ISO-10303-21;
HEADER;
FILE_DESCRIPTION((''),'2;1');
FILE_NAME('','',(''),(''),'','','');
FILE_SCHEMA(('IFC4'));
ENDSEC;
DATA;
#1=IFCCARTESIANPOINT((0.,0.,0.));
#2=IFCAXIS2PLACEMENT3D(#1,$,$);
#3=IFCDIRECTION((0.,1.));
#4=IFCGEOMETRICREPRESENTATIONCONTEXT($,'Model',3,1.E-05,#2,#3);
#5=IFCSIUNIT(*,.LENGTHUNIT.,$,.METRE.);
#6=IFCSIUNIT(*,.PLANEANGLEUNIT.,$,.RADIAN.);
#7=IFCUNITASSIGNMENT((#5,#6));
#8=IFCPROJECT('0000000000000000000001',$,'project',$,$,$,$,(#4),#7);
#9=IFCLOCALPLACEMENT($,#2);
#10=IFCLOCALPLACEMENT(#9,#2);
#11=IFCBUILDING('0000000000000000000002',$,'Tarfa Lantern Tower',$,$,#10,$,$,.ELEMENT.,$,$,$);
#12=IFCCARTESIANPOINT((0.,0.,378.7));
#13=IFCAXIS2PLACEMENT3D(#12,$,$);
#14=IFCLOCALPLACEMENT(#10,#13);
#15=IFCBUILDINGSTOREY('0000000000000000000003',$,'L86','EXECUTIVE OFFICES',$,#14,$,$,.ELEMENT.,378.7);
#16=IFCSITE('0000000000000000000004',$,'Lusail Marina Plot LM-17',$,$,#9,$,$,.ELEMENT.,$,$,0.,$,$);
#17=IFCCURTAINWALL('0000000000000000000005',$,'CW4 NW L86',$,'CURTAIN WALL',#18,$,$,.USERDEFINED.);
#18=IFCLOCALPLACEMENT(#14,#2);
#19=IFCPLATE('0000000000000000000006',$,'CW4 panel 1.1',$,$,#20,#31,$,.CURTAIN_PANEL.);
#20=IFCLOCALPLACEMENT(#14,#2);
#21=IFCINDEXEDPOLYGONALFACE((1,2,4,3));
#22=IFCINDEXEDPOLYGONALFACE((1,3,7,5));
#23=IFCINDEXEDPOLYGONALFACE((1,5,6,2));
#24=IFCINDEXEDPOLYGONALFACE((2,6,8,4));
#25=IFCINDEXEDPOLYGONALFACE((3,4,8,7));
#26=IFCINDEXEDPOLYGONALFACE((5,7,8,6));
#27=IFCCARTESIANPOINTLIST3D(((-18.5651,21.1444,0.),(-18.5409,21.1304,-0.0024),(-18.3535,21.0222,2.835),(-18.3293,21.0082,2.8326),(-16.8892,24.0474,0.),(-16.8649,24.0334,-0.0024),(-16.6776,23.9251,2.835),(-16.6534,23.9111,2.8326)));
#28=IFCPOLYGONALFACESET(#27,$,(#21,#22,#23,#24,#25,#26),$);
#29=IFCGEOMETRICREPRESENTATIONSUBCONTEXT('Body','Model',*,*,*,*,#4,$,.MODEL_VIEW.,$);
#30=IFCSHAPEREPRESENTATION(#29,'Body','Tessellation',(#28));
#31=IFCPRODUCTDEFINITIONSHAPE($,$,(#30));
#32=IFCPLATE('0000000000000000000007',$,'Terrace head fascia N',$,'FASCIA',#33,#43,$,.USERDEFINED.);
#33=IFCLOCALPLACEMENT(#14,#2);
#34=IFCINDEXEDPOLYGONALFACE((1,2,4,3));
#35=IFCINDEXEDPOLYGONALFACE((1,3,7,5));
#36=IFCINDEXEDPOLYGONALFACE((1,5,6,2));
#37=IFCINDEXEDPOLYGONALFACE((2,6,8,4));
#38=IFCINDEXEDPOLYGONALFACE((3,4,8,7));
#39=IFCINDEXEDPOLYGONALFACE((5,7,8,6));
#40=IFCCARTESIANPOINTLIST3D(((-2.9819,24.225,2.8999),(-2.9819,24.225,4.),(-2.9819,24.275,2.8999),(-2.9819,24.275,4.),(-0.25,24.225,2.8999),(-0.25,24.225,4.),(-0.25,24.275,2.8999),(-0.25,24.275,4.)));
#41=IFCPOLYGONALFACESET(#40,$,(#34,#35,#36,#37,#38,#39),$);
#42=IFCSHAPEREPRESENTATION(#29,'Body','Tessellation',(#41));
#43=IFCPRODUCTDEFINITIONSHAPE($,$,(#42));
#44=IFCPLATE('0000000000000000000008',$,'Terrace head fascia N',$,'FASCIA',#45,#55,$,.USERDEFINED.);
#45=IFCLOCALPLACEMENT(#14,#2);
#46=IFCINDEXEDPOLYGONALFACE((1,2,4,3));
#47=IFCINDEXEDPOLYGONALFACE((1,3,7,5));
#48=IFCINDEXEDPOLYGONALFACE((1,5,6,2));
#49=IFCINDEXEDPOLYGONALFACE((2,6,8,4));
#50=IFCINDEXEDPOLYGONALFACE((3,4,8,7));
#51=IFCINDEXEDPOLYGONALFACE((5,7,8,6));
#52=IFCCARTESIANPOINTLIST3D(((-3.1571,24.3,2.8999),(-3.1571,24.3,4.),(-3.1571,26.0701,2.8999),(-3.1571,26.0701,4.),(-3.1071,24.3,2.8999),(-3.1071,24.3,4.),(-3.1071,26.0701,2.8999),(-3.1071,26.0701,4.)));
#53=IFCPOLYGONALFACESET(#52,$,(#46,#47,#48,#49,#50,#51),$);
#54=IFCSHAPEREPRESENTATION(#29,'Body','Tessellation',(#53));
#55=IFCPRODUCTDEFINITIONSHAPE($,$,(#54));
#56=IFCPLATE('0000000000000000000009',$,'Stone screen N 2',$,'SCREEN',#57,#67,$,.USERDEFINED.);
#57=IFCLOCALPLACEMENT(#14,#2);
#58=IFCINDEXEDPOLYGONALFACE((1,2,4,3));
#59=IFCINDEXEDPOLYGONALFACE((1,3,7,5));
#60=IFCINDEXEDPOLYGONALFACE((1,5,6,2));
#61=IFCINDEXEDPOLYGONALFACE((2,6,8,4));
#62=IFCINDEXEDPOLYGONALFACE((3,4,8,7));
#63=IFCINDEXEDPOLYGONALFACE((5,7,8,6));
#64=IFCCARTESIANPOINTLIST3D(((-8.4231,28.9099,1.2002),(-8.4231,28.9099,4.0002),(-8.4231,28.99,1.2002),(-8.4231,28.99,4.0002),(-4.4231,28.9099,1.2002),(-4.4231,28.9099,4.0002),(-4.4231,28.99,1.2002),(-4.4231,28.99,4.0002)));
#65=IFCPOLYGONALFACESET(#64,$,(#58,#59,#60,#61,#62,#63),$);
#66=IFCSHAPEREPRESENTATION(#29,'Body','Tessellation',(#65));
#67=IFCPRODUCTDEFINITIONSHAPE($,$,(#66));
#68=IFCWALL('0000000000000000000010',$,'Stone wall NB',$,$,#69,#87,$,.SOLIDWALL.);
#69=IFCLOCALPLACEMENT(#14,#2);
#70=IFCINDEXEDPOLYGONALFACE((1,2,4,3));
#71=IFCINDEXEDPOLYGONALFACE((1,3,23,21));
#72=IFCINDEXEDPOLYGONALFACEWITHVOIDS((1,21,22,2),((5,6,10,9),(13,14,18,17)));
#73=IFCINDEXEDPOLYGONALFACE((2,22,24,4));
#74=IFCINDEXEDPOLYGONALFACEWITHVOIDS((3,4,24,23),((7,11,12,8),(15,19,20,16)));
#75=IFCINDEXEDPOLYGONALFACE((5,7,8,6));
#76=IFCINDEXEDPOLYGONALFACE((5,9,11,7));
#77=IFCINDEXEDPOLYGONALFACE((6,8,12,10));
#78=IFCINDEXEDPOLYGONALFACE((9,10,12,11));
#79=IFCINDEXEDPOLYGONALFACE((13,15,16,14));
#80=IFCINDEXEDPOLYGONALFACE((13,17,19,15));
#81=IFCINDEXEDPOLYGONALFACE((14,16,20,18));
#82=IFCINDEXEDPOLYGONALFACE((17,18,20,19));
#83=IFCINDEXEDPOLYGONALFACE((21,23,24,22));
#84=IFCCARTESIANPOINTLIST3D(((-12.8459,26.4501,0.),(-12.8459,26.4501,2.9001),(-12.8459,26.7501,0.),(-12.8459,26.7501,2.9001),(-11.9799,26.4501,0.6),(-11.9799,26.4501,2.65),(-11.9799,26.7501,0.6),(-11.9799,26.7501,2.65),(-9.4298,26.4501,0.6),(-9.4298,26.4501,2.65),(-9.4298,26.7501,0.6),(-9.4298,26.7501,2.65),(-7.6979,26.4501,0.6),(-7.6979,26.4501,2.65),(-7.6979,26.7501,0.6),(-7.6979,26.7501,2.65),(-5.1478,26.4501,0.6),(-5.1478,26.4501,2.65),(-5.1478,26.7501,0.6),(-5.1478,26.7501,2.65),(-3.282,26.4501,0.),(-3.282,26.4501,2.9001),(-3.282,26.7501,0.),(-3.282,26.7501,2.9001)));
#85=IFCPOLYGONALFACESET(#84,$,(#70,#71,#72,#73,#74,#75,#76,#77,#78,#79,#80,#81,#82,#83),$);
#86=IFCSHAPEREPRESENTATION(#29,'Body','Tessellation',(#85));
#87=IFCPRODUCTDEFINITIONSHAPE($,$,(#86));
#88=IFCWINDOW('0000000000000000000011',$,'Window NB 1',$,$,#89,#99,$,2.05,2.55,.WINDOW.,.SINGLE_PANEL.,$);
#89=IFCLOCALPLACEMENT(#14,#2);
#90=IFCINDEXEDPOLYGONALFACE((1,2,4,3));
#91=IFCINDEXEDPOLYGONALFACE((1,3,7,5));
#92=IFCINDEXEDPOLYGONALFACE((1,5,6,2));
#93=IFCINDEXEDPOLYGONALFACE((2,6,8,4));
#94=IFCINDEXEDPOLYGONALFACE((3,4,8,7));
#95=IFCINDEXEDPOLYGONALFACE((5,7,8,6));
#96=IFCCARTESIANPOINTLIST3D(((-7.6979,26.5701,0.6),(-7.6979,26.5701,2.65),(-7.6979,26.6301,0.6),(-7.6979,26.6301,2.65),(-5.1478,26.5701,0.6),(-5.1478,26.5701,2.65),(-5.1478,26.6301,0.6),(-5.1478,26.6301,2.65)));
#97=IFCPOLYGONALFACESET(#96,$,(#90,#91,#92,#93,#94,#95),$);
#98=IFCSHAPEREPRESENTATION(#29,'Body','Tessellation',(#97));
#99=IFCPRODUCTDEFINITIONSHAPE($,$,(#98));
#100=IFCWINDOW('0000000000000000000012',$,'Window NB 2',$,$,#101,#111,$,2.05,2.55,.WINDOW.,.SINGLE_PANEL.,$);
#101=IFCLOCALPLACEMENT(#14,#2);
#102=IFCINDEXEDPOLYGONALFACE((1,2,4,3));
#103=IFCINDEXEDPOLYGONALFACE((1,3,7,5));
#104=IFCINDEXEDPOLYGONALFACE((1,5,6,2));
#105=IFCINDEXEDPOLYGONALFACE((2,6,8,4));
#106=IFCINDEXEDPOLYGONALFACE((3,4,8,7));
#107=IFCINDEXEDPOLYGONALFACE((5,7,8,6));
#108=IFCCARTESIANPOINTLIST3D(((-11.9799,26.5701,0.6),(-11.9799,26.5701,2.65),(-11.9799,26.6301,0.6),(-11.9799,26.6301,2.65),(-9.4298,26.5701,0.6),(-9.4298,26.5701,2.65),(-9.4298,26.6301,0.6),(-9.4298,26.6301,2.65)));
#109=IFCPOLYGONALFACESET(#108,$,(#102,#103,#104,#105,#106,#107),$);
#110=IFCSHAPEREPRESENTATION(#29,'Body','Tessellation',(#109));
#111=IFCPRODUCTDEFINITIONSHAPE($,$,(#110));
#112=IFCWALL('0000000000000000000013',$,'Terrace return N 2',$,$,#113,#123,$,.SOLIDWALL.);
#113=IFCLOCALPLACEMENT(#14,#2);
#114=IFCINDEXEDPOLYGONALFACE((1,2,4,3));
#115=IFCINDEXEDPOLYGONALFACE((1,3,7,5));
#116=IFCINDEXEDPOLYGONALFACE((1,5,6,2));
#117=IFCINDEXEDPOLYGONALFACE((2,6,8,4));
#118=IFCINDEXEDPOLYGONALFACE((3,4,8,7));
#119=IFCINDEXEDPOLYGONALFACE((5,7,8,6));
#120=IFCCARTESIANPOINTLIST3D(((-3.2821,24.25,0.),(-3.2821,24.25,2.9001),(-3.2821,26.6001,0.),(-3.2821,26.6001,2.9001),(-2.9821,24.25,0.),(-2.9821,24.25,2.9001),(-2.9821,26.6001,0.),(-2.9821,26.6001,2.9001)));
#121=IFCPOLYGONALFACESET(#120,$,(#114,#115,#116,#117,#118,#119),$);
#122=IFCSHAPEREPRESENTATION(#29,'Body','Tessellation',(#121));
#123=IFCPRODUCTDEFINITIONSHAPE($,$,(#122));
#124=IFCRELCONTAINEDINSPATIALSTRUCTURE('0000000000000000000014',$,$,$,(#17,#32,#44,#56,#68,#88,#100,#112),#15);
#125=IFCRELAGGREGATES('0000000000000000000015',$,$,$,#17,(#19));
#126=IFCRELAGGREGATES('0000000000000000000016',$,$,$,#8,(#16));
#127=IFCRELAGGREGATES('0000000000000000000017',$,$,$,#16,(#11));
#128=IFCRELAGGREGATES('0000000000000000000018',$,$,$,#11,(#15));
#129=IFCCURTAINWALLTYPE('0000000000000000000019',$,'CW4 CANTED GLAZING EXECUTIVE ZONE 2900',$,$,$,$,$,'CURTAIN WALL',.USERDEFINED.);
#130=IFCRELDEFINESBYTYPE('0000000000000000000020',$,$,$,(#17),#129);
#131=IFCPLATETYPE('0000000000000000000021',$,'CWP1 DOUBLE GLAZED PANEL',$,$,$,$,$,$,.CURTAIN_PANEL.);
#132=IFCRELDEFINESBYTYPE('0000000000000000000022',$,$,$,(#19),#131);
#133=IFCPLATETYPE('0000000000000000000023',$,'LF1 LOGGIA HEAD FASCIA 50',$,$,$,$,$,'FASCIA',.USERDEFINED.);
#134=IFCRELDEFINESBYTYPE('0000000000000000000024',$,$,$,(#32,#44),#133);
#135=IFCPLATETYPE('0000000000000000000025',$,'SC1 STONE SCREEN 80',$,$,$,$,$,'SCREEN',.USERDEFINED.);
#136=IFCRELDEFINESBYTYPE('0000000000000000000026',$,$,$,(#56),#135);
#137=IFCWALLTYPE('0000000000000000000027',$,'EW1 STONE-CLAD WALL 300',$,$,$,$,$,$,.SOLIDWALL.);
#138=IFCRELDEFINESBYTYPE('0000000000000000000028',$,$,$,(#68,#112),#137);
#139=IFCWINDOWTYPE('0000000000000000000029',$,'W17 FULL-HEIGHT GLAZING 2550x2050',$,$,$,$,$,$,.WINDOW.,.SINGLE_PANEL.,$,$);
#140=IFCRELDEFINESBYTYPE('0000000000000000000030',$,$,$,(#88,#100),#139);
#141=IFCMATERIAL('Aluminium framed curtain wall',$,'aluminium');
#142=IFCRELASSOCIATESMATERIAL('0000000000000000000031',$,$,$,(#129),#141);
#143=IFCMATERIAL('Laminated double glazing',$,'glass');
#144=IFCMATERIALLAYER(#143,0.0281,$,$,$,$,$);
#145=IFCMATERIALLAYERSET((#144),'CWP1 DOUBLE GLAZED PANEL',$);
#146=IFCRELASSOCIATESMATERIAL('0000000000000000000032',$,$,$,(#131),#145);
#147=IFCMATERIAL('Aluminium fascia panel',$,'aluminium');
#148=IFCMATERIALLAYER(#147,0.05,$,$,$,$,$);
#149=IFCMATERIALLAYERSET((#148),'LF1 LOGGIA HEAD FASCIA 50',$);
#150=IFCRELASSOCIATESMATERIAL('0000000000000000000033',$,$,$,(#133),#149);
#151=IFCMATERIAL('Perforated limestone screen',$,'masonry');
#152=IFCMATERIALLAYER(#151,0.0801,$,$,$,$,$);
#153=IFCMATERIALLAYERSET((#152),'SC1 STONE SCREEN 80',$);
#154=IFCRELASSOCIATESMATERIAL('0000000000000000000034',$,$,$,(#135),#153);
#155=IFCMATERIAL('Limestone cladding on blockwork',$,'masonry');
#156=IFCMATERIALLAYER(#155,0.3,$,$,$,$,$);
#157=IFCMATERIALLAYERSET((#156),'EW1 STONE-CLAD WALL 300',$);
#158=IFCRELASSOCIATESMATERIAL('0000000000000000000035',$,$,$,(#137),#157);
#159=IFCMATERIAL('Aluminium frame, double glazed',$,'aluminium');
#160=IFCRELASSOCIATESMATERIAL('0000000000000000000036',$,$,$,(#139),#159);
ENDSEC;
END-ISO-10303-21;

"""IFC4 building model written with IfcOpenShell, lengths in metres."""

from ifc_helpers import new_model, si_unit, direction, frame, frame_2d, origin, origin_2d, place, context, subcontext, project, spatial, polyline, rectangle, outline, extrude, material, layer, layer_set, type_object, element, fill, aggregate, save


model = new_model("IFC4")

# Units and contexts
model_context = context("Model", 3, precision=1e-05, world=origin(), true_north=direction((0.0, 1.0)))
body_context = subcontext(model_context, "Body", "Model", "MODEL_VIEW")
ifc_project = project(units=[si_unit("LENGTHUNIT", "METRE"), si_unit("PLANEANGLEUNIT", "RADIAN")], contexts=[model_context])

# Site, building, storey
site_placement = place(None, origin())
site = spatial("IfcSite", under=ifc_project, at=site_placement, Name="Lusail Marina Plot LM-17", CompositionType="ELEMENT", RefElevation=0.0)
building_placement = place(site_placement, origin())
building = spatial("IfcBuilding", under=site, at=building_placement, Name="Tarfa Lantern Tower", CompositionType="ELEMENT")
storey_placement = place(building_placement, frame((0.0, 0.0, 378.7)))
storey = spatial("IfcBuildingStorey", under=building, at=storey_placement, Name="L86", Description="EXECUTIVE OFFICES", CompositionType="ELEMENT", Elevation=378.7)

# Curtain wall
ifc_material_1 = material(Name="Aluminium framed curtain wall", Category="aluminium")
curtain_wall_type = type_object("IfcCurtainWallType", Name="CW4 CANTED GLAZING EXECUTIVE ZONE 2900", ElementType="CURTAIN WALL", PredefinedType="USERDEFINED", material=ifc_material_1)
curtain_wall_placement = place(storey_placement, origin())
curtain_wall = element("IfcCurtainWall", 1, at=curtain_wall_placement, inside=storey, type_object=curtain_wall_type, Name="CW4 NW L86", ObjectType="CURTAIN WALL", PredefinedType="USERDEFINED")

# Plate
ifc_material_2 = material(Name="Laminated double glazing", Category="glass")
ifc_layer_1 = layer(ifc_material_2, 0.0281)
ifc_layer_set_1 = layer_set([ifc_layer_1], Name="CWP1 DOUBLE GLAZED PANEL")
plate_type_1 = type_object("IfcPlateType", Name="CWP1 DOUBLE GLAZED PANEL", PredefinedType="CURTAIN_PANEL", material=ifc_layer_set_1)
plate_1_placement = place(storey_placement, frame((-16.8892, 24.0474, 0.0), z_axis=(-0.862843, 0.498127, 0.085857), x_axis=(-0.499973, -0.866041, 0.000004)))
plate_1 = element("IfcPlate", 2, at=plate_1_placement, type_object=plate_type_1, Name="CW4 panel 1.1", PredefinedType="CURTAIN_PANEL", context=body_context, shape_type="SweptSolid", body=[
    extrude(outline(polyline([(0.0, 0.0), (3.352, 0.0), (3.3521, 2.8455), (0.0001, 2.8455), (0.0, 0.0)])), origin(), (0.0, 0.0, -1.0), 0.0281),
])
aggregate(curtain_wall, [plate_1])

# Plates
ifc_material_3 = material(Name="Aluminium fascia panel", Category="aluminium")
ifc_layer_2 = layer(ifc_material_3, 0.05)
ifc_layer_set_2 = layer_set([ifc_layer_2], Name="LF1 LOGGIA HEAD FASCIA 50")
plate_type_2 = type_object("IfcPlateType", Name="LF1 LOGGIA HEAD FASCIA 50", ElementType="FASCIA", PredefinedType="USERDEFINED", material=ifc_layer_set_2)
plate_2_placement = place(storey_placement, frame((-1.616, 24.25, 2.8999), z_axis=(0.0, 0.0, 1.0), x_axis=(-1.0, 0.0, 0.0)))
element("IfcPlate", 3, at=plate_2_placement, inside=storey, type_object=plate_type_2, Name="Terrace head fascia N", ObjectType="FASCIA", PredefinedType="USERDEFINED", context=body_context, shape_type="SweptSolid", body=[
    extrude(rectangle(XDim=2.7319, YDim=0.05, at=origin_2d()), origin(), (0.0, 0.0, 1.0), 1.1001),
])
plate_3_placement = place(storey_placement, frame((-3.1321, 25.1851, 2.8999), z_axis=(0.0, 0.0, 1.0), x_axis=(0.0, -1.0, 0.0)))
element("IfcPlate", 4, at=plate_3_placement, inside=storey, type_object=plate_type_2, Name="Terrace head fascia N", ObjectType="FASCIA", PredefinedType="USERDEFINED", context=body_context, shape_type="SweptSolid", body=[
    extrude(rectangle(XDim=1.77, YDim=0.05, at=origin_2d()), origin(), (0.0, 0.0, 1.0), 1.1001),
])
ifc_material_4 = material(Name="Perforated limestone screen", Category="masonry")
ifc_layer_3 = layer(ifc_material_4, 0.0801)
ifc_layer_set_3 = layer_set([ifc_layer_3], Name="SC1 STONE SCREEN 80")
plate_type_3 = type_object("IfcPlateType", Name="SC1 STONE SCREEN 80", ElementType="SCREEN", PredefinedType="USERDEFINED", material=ifc_layer_set_3)
plate_4_placement = place(storey_placement, frame((-6.4231, 28.95, 1.2002), z_axis=(0.0, 0.0, 1.0), x_axis=(-1.0, 0.0, 0.0)))
element("IfcPlate", 5, at=plate_4_placement, inside=storey, type_object=plate_type_3, Name="Stone screen N 2", ObjectType="SCREEN", PredefinedType="USERDEFINED", context=body_context, shape_type="SweptSolid", body=[
    extrude(rectangle(XDim=4.0, YDim=0.0801, at=origin_2d()), origin(), (0.0, 0.0, 1.0), 2.8),
])

# Wall, openings, windows
ifc_material_5 = material(Name="Limestone cladding on blockwork", Category="masonry")
ifc_layer_4 = layer(ifc_material_5, 0.3)
ifc_layer_set_4 = layer_set([ifc_layer_4], Name="EW1 STONE-CLAD WALL 300")
wall_type = type_object("IfcWallType", Name="EW1 STONE-CLAD WALL 300", PredefinedType="SOLIDWALL", material=ifc_layer_set_4)
wall_1_placement = place(storey_placement, frame((-3.282, 26.6001, 0.0), z_axis=(0.0, 0.0, 1.0), x_axis=(-1.0, 0.0, 0.0)))
wall_1 = element("IfcWall", 6, at=wall_1_placement, inside=storey, type_object=wall_type, Name="Stone wall NB", PredefinedType="SOLIDWALL", context=body_context, shape_type="SweptSolid", body=[
    extrude(rectangle(XDim=9.564, YDim=0.3, at=frame_2d((4.782, 0.0))), origin(), (0.0, 0.0, 1.0), 2.9001),
])
opening_1_placement = place(wall_1_placement, frame((1.866, 0.0, 0.6001)))
opening_1 = element("IfcOpeningElement", 7, at=opening_1_placement, cuts=wall_1, PredefinedType="OPENING", context=body_context, shape_type="SweptSolid", body=[
    extrude(rectangle(XDim=2.55, YDim=2.05, at=frame_2d((1.2749, 1.0249))), frame((0.0, 0.1599, 0.0), z_axis=(0.0, -1.0, 0.0), x_axis=(1.0, 0.0, 0.0)), (0.0, 0.0, 1.0), 0.3201),
])
opening_2_placement = place(wall_1_placement, frame((6.1479, 0.0, 0.6001)))
opening_2 = element("IfcOpeningElement", 8, at=opening_2_placement, cuts=wall_1, PredefinedType="OPENING", context=body_context, shape_type="SweptSolid", body=[
    extrude(rectangle(XDim=2.55, YDim=2.05, at=frame_2d((1.2749, 1.0249))), frame((0.0, 0.1599, 0.0), z_axis=(0.0, -1.0, 0.0), x_axis=(1.0, 0.0, 0.0)), (0.0, 0.0, 1.0), 0.3201),
])
ifc_material_6 = material(Name="Aluminium frame, double glazed", Category="aluminium")
window_type = type_object("IfcWindowType", Name="W17 FULL-HEIGHT GLAZING 2550x2050", PartitioningType="SINGLE_PANEL", PredefinedType="WINDOW", material=ifc_material_6)
window_1_placement = place(opening_1_placement, origin())
window_1 = element("IfcWindow", 9, at=window_1_placement, inside=storey, type_object=window_type, Name="Window NB 1", OverallHeight=2.05, OverallWidth=2.55, PartitioningType="SINGLE_PANEL", PredefinedType="WINDOW", context=body_context, shape_type="SweptSolid", body=[
    extrude(rectangle(XDim=2.55, YDim=2.05, at=frame_2d((1.2749, 1.0249))), frame((0.0, 0.03, 0.0), z_axis=(0.0, -1.0, 0.0), x_axis=(1.0, 0.0, 0.0)), (0.0, 0.0, 1.0), 0.0601),
])
fill(opening_1, window_1)
window_2_placement = place(opening_2_placement, origin())
window_2 = element("IfcWindow", 10, at=window_2_placement, inside=storey, type_object=window_type, Name="Window NB 2", OverallHeight=2.05, OverallWidth=2.55, PartitioningType="SINGLE_PANEL", PredefinedType="WINDOW", context=body_context, shape_type="SweptSolid", body=[
    extrude(rectangle(XDim=2.55, YDim=2.05, at=frame_2d((1.2749, 1.0249))), frame((0.0, 0.03, 0.0), z_axis=(0.0, -1.0, 0.0), x_axis=(1.0, 0.0, 0.0)), (0.0, 0.0, 1.0), 0.0601),
])
fill(opening_2, window_2)

# Wall
wall_2_placement = place(storey_placement, frame((-3.1321, 26.6001, 0.0), z_axis=(0.0, 0.0, 1.0), x_axis=(0.0, -1.0, 0.0)))
element("IfcWall", 11, at=wall_2_placement, inside=storey, type_object=wall_type, Name="Terrace return N 2", PredefinedType="SOLIDWALL", context=body_context, shape_type="SweptSolid", body=[
    extrude(rectangle(XDim=2.3501, YDim=0.3, at=frame_2d((1.175, 0.0))), origin(), (0.0, 0.0, 1.0), 2.9001),
])

save(model, "model.ifc")
